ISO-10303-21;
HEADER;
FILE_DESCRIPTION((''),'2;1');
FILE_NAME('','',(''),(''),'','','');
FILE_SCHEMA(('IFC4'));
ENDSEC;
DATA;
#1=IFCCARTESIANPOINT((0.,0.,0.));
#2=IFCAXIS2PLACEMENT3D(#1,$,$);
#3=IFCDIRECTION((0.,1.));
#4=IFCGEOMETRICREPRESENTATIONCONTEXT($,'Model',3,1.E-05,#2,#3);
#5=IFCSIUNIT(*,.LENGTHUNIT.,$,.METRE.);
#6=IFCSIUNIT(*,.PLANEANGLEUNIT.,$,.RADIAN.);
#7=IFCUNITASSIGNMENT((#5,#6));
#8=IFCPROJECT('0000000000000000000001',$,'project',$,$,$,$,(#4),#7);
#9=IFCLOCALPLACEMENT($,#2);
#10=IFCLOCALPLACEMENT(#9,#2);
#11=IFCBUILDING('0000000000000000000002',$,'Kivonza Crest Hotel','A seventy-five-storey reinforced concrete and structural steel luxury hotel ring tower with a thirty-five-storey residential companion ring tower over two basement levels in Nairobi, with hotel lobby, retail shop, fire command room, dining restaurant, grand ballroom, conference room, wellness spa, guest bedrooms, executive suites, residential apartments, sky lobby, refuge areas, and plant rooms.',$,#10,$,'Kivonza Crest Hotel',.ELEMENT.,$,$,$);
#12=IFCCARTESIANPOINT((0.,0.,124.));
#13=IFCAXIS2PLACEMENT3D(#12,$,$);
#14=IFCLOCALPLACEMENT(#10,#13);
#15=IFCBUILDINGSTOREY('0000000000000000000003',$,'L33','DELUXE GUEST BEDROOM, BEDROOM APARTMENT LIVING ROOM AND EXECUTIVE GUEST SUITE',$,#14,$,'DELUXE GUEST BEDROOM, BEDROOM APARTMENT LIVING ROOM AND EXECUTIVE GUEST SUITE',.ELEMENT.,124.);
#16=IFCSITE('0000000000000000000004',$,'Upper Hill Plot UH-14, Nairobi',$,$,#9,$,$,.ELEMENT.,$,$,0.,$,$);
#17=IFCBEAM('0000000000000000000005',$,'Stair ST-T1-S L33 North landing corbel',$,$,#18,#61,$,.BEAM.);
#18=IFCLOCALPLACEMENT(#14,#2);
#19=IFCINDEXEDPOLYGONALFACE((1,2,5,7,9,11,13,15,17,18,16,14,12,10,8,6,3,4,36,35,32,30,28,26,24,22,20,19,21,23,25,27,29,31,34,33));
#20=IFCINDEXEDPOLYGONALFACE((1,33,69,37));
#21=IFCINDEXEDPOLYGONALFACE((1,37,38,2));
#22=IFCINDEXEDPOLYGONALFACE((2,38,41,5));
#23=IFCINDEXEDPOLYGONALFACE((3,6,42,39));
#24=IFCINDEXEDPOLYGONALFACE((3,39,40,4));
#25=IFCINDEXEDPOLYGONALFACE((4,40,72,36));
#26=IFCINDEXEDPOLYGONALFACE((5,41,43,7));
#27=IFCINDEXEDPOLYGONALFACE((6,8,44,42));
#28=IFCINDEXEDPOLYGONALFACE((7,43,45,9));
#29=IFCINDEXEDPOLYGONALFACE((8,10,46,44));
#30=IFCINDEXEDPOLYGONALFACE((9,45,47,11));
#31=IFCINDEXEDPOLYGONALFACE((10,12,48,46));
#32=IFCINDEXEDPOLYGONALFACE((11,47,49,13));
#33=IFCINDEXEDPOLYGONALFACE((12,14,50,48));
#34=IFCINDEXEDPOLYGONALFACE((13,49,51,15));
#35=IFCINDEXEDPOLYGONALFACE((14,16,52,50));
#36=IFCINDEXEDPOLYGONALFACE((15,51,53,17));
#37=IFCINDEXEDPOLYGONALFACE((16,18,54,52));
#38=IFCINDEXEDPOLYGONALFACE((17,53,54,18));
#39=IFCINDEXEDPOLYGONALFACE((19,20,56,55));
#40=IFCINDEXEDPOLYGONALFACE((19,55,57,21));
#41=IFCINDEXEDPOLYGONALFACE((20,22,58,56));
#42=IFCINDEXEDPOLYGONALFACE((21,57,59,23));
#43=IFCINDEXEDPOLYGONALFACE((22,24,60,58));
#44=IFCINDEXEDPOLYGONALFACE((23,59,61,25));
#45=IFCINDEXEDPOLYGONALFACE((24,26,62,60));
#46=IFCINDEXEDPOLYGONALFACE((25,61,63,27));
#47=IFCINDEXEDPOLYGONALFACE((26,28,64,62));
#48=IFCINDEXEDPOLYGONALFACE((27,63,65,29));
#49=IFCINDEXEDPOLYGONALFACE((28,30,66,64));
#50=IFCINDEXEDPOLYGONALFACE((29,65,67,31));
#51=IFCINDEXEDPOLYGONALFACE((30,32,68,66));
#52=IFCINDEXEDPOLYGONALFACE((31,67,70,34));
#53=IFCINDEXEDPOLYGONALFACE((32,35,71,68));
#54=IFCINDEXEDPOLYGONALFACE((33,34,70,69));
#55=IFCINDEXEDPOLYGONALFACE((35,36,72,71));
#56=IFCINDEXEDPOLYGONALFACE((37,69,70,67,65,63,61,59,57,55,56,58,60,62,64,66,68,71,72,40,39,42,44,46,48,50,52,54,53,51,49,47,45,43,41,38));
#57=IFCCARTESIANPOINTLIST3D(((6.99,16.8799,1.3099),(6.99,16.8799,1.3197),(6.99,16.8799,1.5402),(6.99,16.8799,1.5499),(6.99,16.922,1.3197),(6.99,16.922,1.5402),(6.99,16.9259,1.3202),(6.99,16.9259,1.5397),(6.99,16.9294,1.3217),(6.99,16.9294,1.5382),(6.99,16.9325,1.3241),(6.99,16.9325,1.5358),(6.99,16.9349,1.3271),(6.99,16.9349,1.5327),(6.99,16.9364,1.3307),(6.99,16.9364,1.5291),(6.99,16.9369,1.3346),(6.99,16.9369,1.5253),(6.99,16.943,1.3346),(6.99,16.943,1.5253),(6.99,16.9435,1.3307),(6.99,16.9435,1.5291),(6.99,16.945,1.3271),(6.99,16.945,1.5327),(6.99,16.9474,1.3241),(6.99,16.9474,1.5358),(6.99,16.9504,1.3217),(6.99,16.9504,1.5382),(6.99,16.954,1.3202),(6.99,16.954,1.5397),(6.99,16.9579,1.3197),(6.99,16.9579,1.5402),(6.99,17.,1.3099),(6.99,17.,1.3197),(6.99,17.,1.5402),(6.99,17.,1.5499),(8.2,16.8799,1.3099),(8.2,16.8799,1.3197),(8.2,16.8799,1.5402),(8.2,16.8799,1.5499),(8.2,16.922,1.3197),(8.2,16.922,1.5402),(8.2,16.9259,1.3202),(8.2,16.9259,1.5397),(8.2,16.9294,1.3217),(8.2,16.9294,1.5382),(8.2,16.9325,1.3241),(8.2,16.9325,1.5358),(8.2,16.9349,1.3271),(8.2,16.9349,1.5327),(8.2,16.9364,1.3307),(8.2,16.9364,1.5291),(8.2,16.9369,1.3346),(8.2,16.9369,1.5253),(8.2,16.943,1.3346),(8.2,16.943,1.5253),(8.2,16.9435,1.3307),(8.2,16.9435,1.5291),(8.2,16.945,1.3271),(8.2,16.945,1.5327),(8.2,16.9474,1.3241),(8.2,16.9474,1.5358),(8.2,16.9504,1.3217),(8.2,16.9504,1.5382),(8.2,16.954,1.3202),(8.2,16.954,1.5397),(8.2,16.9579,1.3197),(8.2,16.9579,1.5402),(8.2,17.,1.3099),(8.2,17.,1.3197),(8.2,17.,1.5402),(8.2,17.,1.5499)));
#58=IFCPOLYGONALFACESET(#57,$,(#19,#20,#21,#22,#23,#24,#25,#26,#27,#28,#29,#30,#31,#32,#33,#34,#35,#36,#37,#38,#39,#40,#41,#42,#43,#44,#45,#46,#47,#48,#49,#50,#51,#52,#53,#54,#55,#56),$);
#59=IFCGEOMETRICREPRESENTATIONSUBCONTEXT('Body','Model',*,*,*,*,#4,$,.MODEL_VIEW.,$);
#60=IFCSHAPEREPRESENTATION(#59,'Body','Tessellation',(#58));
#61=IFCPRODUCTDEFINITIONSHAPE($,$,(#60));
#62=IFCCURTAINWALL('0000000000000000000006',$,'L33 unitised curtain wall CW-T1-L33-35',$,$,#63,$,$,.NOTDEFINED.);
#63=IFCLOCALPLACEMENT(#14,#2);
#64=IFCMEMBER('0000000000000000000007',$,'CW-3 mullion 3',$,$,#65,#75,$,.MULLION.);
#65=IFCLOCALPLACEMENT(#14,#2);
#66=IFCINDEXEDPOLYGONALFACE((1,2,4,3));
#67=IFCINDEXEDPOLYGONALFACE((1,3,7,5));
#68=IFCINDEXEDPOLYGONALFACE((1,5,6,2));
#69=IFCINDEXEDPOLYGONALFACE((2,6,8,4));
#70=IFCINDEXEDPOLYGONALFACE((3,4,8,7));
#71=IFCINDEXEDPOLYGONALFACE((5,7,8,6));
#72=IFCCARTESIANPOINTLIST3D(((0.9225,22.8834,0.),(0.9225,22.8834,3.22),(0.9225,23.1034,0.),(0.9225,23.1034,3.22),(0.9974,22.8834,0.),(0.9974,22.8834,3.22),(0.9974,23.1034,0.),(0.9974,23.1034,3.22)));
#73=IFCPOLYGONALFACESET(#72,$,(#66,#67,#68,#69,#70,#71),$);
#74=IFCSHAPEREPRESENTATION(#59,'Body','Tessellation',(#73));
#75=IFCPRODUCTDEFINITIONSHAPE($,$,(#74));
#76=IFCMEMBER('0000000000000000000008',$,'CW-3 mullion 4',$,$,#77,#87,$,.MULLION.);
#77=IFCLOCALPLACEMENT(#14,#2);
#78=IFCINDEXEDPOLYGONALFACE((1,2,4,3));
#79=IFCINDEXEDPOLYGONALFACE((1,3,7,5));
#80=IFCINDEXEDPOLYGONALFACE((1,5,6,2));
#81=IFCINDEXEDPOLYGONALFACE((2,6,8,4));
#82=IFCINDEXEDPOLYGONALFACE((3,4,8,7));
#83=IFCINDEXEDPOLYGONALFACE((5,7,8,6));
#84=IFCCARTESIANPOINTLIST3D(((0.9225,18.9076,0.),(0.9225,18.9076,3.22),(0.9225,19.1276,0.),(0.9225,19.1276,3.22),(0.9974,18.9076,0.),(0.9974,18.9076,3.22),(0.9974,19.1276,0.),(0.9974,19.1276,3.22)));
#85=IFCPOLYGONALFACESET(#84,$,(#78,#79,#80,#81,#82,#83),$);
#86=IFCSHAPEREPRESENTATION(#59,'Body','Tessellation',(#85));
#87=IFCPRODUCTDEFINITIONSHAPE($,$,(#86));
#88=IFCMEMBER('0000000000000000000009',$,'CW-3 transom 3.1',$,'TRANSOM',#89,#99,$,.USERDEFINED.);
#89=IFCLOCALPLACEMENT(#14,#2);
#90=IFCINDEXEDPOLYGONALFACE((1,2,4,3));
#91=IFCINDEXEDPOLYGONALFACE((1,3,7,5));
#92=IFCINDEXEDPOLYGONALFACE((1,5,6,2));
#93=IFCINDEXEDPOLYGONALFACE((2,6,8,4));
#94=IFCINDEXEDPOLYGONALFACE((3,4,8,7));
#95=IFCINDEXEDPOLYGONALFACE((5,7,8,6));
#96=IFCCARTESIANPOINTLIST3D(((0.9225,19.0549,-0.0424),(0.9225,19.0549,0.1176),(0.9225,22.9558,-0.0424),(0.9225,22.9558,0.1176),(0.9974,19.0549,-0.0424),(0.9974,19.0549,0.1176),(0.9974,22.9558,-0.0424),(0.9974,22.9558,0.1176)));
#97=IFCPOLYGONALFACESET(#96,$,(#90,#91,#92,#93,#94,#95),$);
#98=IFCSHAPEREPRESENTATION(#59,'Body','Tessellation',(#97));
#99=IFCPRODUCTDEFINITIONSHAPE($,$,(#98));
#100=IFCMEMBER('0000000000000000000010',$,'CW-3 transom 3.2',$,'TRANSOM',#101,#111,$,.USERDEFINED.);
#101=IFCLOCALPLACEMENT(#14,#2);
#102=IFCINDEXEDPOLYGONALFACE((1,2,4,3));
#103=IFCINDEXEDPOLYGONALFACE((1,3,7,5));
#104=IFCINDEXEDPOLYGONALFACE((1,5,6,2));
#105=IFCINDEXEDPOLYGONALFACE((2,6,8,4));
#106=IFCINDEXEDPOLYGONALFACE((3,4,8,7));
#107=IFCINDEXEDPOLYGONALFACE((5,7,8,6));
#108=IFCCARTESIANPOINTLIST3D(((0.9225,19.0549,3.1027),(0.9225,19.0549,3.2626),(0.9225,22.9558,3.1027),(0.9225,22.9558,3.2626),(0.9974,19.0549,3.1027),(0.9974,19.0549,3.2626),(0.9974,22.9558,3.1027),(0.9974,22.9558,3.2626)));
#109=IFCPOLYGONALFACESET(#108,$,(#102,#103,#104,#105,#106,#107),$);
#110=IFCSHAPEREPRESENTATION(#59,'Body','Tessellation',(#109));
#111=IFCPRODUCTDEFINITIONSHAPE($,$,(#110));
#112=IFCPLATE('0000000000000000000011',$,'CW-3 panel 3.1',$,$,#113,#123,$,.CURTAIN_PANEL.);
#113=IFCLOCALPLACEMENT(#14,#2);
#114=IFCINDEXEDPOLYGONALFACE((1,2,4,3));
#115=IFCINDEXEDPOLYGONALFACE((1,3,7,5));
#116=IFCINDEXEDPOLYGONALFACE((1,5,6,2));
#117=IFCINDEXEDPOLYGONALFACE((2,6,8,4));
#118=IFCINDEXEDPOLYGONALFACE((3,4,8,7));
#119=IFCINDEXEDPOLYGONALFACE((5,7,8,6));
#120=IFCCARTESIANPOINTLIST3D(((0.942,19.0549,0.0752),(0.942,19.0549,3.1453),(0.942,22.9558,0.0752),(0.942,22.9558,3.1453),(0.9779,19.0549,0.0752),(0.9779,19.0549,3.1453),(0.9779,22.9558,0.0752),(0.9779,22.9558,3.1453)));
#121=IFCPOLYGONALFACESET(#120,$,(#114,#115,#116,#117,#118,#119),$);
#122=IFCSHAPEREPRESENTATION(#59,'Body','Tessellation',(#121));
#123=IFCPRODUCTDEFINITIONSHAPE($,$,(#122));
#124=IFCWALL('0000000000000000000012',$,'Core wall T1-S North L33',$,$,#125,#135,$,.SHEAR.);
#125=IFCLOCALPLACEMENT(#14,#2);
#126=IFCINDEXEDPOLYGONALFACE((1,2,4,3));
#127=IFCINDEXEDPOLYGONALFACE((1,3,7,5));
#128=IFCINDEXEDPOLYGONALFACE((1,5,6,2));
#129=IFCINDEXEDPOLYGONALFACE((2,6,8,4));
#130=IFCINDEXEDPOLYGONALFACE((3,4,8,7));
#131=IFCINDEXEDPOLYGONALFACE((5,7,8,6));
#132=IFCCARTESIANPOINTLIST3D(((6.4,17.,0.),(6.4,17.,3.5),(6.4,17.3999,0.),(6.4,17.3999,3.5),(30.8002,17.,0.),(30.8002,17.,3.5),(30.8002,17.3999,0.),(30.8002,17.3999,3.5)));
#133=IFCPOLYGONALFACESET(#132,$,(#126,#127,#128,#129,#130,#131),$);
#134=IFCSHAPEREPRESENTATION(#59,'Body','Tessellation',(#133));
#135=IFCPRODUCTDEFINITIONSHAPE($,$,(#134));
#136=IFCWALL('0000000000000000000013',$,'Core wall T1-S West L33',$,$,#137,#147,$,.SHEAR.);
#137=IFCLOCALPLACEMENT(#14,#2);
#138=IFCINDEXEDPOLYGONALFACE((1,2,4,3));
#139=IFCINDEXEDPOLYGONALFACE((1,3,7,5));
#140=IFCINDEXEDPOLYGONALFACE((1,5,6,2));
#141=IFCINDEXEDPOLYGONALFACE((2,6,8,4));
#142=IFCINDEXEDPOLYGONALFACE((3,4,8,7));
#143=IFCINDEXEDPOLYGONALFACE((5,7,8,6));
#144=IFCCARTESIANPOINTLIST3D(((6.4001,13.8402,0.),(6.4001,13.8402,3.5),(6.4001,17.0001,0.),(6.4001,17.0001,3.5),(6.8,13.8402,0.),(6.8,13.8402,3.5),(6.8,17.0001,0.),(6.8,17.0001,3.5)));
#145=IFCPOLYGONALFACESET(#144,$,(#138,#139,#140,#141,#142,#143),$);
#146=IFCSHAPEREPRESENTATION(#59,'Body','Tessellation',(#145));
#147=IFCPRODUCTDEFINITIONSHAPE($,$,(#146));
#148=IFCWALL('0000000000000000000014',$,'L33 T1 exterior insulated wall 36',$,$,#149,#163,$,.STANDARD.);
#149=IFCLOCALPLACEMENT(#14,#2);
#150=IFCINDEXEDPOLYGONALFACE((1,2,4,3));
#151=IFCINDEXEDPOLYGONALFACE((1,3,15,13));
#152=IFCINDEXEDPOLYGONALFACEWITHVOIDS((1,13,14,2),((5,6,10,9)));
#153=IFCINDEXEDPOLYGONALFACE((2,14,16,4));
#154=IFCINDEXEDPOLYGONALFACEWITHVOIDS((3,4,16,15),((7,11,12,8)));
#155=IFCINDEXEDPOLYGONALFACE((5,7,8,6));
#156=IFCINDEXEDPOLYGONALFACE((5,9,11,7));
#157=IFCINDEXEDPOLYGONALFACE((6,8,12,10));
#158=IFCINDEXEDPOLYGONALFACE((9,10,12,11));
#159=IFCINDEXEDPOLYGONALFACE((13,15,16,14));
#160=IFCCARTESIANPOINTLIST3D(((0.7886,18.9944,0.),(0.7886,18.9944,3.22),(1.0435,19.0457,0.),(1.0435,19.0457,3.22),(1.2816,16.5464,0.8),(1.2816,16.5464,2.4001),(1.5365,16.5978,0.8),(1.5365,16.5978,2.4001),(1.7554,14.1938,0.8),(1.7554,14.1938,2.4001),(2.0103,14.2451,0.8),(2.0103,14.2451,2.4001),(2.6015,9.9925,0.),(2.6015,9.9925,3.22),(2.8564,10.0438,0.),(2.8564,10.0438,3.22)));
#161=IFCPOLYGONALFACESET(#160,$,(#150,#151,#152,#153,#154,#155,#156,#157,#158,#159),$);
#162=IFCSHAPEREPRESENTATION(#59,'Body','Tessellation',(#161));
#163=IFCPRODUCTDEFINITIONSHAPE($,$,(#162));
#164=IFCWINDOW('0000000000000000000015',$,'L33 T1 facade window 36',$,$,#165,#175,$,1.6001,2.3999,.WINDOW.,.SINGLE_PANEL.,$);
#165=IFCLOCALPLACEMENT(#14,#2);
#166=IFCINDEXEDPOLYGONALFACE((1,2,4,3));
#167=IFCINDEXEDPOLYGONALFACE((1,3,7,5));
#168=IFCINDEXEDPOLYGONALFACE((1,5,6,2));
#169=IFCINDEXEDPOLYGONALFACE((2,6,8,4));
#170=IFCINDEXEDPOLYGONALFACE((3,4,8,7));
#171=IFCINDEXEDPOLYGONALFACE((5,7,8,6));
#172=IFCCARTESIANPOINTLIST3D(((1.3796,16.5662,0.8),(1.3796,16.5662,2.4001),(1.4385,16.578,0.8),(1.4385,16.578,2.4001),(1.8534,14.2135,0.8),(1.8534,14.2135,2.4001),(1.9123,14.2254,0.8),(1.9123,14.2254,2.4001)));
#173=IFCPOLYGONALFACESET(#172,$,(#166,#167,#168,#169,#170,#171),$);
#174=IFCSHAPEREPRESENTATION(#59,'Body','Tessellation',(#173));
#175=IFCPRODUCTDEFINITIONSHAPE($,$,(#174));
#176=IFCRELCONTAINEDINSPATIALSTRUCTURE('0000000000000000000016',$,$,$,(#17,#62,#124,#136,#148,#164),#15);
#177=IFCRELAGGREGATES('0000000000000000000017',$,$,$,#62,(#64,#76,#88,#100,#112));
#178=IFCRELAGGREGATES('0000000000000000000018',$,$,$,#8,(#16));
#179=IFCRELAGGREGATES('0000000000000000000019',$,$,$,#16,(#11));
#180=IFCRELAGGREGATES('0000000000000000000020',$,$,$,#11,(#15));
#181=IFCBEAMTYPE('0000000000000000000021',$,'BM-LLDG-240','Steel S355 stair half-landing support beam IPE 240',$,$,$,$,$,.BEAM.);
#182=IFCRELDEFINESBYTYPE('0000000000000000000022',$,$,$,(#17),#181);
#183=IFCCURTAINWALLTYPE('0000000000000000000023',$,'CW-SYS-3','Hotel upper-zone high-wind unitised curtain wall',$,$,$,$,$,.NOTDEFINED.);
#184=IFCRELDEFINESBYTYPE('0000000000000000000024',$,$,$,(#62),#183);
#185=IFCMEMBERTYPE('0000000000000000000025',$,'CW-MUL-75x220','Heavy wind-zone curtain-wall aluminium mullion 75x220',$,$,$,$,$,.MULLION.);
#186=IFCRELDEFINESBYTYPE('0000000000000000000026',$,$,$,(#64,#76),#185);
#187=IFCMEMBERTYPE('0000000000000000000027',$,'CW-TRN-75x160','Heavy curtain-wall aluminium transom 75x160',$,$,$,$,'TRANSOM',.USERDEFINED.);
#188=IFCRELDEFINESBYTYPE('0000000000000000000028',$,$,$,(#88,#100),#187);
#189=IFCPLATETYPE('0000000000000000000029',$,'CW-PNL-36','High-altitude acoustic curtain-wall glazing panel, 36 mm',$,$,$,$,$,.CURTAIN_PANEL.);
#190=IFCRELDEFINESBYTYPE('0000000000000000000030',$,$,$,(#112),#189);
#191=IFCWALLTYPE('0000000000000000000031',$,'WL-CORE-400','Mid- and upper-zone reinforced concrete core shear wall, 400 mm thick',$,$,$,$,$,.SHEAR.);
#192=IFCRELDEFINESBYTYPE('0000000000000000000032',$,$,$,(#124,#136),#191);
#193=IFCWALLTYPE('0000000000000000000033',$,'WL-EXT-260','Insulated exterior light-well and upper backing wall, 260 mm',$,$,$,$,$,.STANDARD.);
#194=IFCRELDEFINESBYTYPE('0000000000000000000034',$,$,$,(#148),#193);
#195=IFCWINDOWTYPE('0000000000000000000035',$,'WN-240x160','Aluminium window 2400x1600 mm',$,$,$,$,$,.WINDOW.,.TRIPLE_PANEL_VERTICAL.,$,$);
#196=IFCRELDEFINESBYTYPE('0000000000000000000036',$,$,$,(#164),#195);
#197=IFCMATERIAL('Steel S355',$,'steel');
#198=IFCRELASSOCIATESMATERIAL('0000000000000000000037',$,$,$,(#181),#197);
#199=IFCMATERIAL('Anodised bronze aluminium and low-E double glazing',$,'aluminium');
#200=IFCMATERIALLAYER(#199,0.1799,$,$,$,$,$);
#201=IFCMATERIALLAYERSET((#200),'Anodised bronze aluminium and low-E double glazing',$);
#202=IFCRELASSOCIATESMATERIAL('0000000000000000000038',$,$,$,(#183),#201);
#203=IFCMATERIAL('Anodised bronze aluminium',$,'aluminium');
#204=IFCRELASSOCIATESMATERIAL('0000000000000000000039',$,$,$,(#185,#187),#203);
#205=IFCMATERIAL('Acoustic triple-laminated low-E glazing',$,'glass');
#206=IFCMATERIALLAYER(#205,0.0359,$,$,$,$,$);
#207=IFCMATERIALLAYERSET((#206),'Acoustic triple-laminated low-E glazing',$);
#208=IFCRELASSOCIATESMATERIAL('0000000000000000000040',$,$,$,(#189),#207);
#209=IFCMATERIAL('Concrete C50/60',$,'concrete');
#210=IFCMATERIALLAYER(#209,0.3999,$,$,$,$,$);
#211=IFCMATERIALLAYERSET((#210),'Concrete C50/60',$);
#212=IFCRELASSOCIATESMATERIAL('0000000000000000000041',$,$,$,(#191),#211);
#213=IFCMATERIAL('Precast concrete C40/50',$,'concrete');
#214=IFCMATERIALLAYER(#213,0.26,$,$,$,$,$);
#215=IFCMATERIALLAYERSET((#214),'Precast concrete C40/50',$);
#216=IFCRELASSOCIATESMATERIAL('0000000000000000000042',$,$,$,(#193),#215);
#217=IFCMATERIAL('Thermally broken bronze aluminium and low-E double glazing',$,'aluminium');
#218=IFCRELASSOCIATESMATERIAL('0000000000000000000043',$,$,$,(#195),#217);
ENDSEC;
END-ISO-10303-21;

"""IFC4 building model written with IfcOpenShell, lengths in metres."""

from ifc_helpers import new_model, si_unit, direction, frame, frame_2d, origin, origin_2d, place, context, subcontext, project, spatial, rectangle, i_section, extrude, material, layer, layer_set, material_profile, profile_set, type_object, element, fill, aggregate, save


model = new_model("IFC4")

# Units and contexts
model_context = context("Model", 3, precision=1e-05, world=origin(), true_north=direction((0.0, 1.0)))
body_context = subcontext(model_context, "Body", "Model", "MODEL_VIEW")
ifc_project = project(units=[si_unit("LENGTHUNIT", "METRE"), si_unit("PLANEANGLEUNIT", "RADIAN")], contexts=[model_context])

# Site, building, storey
site_placement = place(None, origin())
site = spatial("IfcSite", under=ifc_project, at=site_placement, Name="Upper Hill Plot UH-14, Nairobi", CompositionType="ELEMENT", RefElevation=0.0)
building_placement = place(site_placement, origin())
building = spatial("IfcBuilding", under=site, at=building_placement, Name="Kivonza Crest Hotel", Description="A seventy-five-storey reinforced concrete and structural steel luxury hotel ring tower with a thirty-five-storey residential companion ring tower over two basement levels in Nairobi, with hotel lobby, retail shop, fire command room, dining restaurant, grand ballroom, conference room, wellness spa, guest bedrooms, executive suites, residential apartments, sky lobby, refuge areas, and plant rooms.", LongName="Kivonza Crest Hotel", CompositionType="ELEMENT")
storey_placement = place(building_placement, frame((0.0, 0.0, 124.0)))
storey = spatial("IfcBuildingStorey", under=building, at=storey_placement, Name="L33", Description="DELUXE GUEST BEDROOM, BEDROOM APARTMENT LIVING ROOM AND EXECUTIVE GUEST SUITE", LongName="DELUXE GUEST BEDROOM, BEDROOM APARTMENT LIVING ROOM AND EXECUTIVE GUEST SUITE", CompositionType="ELEMENT", Elevation=124.0)

# Shared definitions
ifc_material_1 = material(Name="Concrete C50/60", Category="concrete")

# Beam
ifc_material_2 = material(Name="Steel S355", Category="steel")
ifc_material_profile_1 = material_profile(ifc_material_2, i_section(OverallWidth=0.1201, OverallDepth=0.24, WebThickness=0.0061, FlangeThickness=0.0098, FilletRadius=0.0149, at=origin_2d()), Name="IPE 240")
ifc_profile_set_1 = profile_set([ifc_material_profile_1], Name="Steel S355")
beam_type_1 = type_object("IfcBeamType", Name="BM-LLDG-240", Description="Steel S355 stair half-landing support beam IPE 240", PredefinedType="BEAM", material=ifc_profile_set_1)
for number, where, z_axis, x_axis, name in (
    (1, (6.99, 16.9399, 1.4299), (1.0, 0.0, 0.0), (0.0, 1.0, 0.0), "Stair ST-T1-S L33 North landing corbel"),
):
    element("IfcBeam", number, at=place(storey_placement, frame(where, z_axis=z_axis, x_axis=x_axis)), inside=storey, type_object=beam_type_1, Name=name, PredefinedType="BEAM", context=body_context, shape_type="SweptSolid", body=[
        extrude(i_section(OverallWidth=0.1201, OverallDepth=0.24, WebThickness=0.0061, FlangeThickness=0.0098, FilletRadius=0.0149, at=origin_2d()), origin(), (0.0, 0.0, 1.0), 1.21),
    ])

# Curtain wall, members, plate
ifc_material_3 = material(Name="Anodised bronze aluminium and low-E double glazing", Category="aluminium")
ifc_layer_1 = layer(ifc_material_3, 0.1799)
ifc_layer_set_1 = layer_set([ifc_layer_1], Name="Anodised bronze aluminium and low-E double glazing")
curtain_wall_type = type_object("IfcCurtainWallType", Name="CW-SYS-3", Description="Hotel upper-zone high-wind unitised curtain wall", PredefinedType="NOTDEFINED", material=ifc_layer_set_1)
curtain_wall_placement = place(storey_placement, origin())
curtain_wall = element("IfcCurtainWall", 2, at=curtain_wall_placement, inside=storey, type_object=curtain_wall_type, Name="L33 unitised curtain wall CW-T1-L33-35", PredefinedType="NOTDEFINED")
ifc_material_4 = material(Name="Anodised bronze aluminium", Category="aluminium")
ifc_material_profile_2 = material_profile(ifc_material_4, rectangle(XDim=0.075, YDim=0.22, at=origin_2d()), Name="CW-M 75x220")
ifc_profile_set_2 = profile_set([ifc_material_profile_2], Name="Anodised bronze aluminium")
member_type_1 = type_object("IfcMemberType", Name="CW-MUL-75x220", Description="Heavy wind-zone curtain-wall aluminium mullion 75x220", PredefinedType="MULLION", material=ifc_profile_set_2)
member_1_placement = place(storey_placement, frame((0.96, 22.9934, 0.0), z_axis=(0.0, 0.0, 1.0), x_axis=(1.0, 0.0, 0.0)))
member_1 = element("IfcMember", 3, at=member_1_placement, type_object=member_type_1, Name="CW-3 mullion 3", PredefinedType="MULLION", context=body_context, shape_type="SweptSolid", body=[
    extrude(rectangle(XDim=0.075, YDim=0.22, at=origin_2d()), origin(), (0.0, 0.0, 1.0), 3.22),
])
member_2_placement = place(storey_placement, frame((0.96, 19.0176, 0.0), z_axis=(0.0, 0.0, 1.0), x_axis=(1.0, 0.0, 0.0)))
member_2 = element("IfcMember", 4, at=member_2_placement, type_object=member_type_1, Name="CW-3 mullion 4", PredefinedType="MULLION", context=body_context, shape_type="SweptSolid", body=[
    extrude(rectangle(XDim=0.075, YDim=0.22, at=origin_2d()), origin(), (0.0, 0.0, 1.0), 3.22),
])
ifc_material_profile_3 = material_profile(ifc_material_4, rectangle(XDim=0.075, YDim=0.1599, at=origin_2d()), Name="CW-T 75x160")
ifc_profile_set_3 = profile_set([ifc_material_profile_3], Name="Anodised bronze aluminium")
member_type_2 = type_object("IfcMemberType", Name="CW-TRN-75x160", Description="Heavy curtain-wall aluminium transom 75x160", ElementType="TRANSOM", PredefinedType="USERDEFINED", material=ifc_profile_set_3)
member_3_placement = place(storey_placement, frame((0.96, 22.9558, 0.0376), z_axis=(0.0, -1.0, 0.0), x_axis=(1.0, 0.0, 0.0)))
member_3 = element("IfcMember", 5, at=member_3_placement, type_object=member_type_2, Name="CW-3 transom 3.1", ObjectType="TRANSOM", PredefinedType="USERDEFINED", context=body_context, shape_type="SweptSolid", body=[
    extrude(rectangle(XDim=0.075, YDim=0.1599, at=origin_2d()), origin(), (0.0, 0.0, 1.0), 3.9009),
])
member_4_placement = place(storey_placement, frame((0.96, 22.9558, 3.1826), z_axis=(0.0, -1.0, 0.0), x_axis=(1.0, 0.0, 0.0)))
member_4 = element("IfcMember", 6, at=member_4_placement, type_object=member_type_2, Name="CW-3 transom 3.2", ObjectType="TRANSOM", PredefinedType="USERDEFINED", context=body_context, shape_type="SweptSolid", body=[
    extrude(rectangle(XDim=0.075, YDim=0.1599, at=origin_2d()), origin(), (0.0, 0.0, 1.0), 3.9009),
])
ifc_material_5 = material(Name="Acoustic triple-laminated low-E glazing", Category="glass")
ifc_layer_2 = layer(ifc_material_5, 0.0359)
ifc_layer_set_2 = layer_set([ifc_layer_2], Name="Acoustic triple-laminated low-E glazing")
plate_type = type_object("IfcPlateType", Name="CW-PNL-36", Description="High-altitude acoustic curtain-wall glazing panel, 36 mm", PredefinedType="CURTAIN_PANEL", material=ifc_layer_set_2)
plate_placement = place(storey_placement, frame((0.96, 21.0054, 0.0752), z_axis=(0.0, 0.0, 1.0), x_axis=(0.0, -1.0, 0.0)))
plate = element("IfcPlate", 7, at=plate_placement, type_object=plate_type, Name="CW-3 panel 3.1", PredefinedType="CURTAIN_PANEL", context=body_context, shape_type="SweptSolid", body=[
    extrude(rectangle(XDim=3.9009, YDim=0.0359, at=origin_2d()), origin(), (0.0, 0.0, 1.0), 3.0701),
])
aggregate(curtain_wall, [member_1, member_2, member_3, member_4, plate])

# Shared definitions
ifc_layer_3 = layer(ifc_material_1, 0.3999)
ifc_layer_set_3 = layer_set([ifc_layer_3], Name="Concrete C50/60")
wall_type_1 = type_object("IfcWallType", Name="WL-CORE-400", Description="Mid- and upper-zone reinforced concrete core shear wall, 400 mm thick", PredefinedType="SHEAR", material=ifc_layer_set_3)

# Walls
wall_1_placement = place(storey_placement, frame((6.3999, 17.2, 0.0), z_axis=(0.0, 0.0, 1.0), x_axis=(1.0, 0.0, 0.0)))
element("IfcWall", 8, at=wall_1_placement, inside=storey, type_object=wall_type_1, Name="Core wall T1-S North L33", PredefinedType="SHEAR", context=body_context, shape_type="SweptSolid", body=[
    extrude(rectangle(XDim=24.4001, YDim=0.3999, at=frame_2d((12.2002, 0.0))), origin(), (0.0, 0.0, 1.0), 3.5),
])
wall_2_placement = place(storey_placement, frame((6.6001, 13.8401, 0.0), z_axis=(0.0, 0.0, 1.0), x_axis=(0.0, 1.0, 0.0)))
element("IfcWall", 9, at=wall_2_placement, inside=storey, type_object=wall_type_1, Name="Core wall T1-S West L33", PredefinedType="SHEAR", context=body_context, shape_type="SweptSolid", body=[
    extrude(rectangle(XDim=3.1599, YDim=0.3999, at=frame_2d((1.5801, 0.0))), origin(), (0.0, 0.0, 1.0), 3.5),
])

# Wall, opening, window
ifc_material_6 = material(Name="Precast concrete C40/50", Category="concrete")
ifc_layer_4 = layer(ifc_material_6, 0.26)
ifc_layer_set_4 = layer_set([ifc_layer_4], Name="Precast concrete C40/50")
wall_type_2 = type_object("IfcWallType", Name="WL-EXT-260", Description="Insulated exterior light-well and upper backing wall, 260 mm", PredefinedType="STANDARD", material=ifc_layer_set_4)
wall_3_placement = place(storey_placement, frame((0.916, 19.02, 0.0), z_axis=(0.0, 0.0, 1.0), x_axis=(0.197435, -0.980316, 0.0)))
wall_3 = element("IfcWall", 10, at=wall_3_placement, inside=storey, type_object=wall_type_2, Name="L33 T1 exterior insulated wall 36", PredefinedType="STANDARD", context=body_context, shape_type="SweptSolid", body=[
    extrude(rectangle(XDim=9.1826, YDim=0.26, at=frame_2d((4.5913, 0.0))), origin(), (0.0, 0.0, 1.0), 3.22),
])
opening_1_placement = place(wall_3_placement, frame((2.4971, 0.0, 0.8)))
opening_1 = element("IfcOpeningElement", 11, at=opening_1_placement, cuts=wall_3, PredefinedType="OPENING", context=body_context, shape_type="SweptSolid", body=[
    extrude(rectangle(XDim=2.3999, YDim=1.6001, at=frame_2d((1.2, 0.8))), frame((0.0, 0.1401, 0.0), z_axis=(0.0, -1.0, 0.0), x_axis=(1.0, 0.0, 0.0)), (0.0, 0.0, 1.0), 0.28),
])
ifc_material_7 = material(Name="Thermally broken bronze aluminium and low-E double glazing", Category="aluminium")
window_type = type_object("IfcWindowType", Name="WN-240x160", Description="Aluminium window 2400x1600 mm", PartitioningType="TRIPLE_PANEL_VERTICAL", PredefinedType="WINDOW", material=ifc_material_7)
window_placement = place(opening_1_placement, origin())
window = element("IfcWindow", 12, at=window_placement, inside=storey, type_object=window_type, Name="L33 T1 facade window 36", OverallHeight=1.6001, OverallWidth=2.3999, PartitioningType="SINGLE_PANEL", PredefinedType="WINDOW", context=body_context, shape_type="SweptSolid", body=[
    extrude(rectangle(XDim=2.3999, YDim=1.6001, at=frame_2d((1.2, 0.8))), frame((0.0, 0.03, 0.0), z_axis=(0.0, -1.0, 0.0), x_axis=(1.0, 0.0, 0.0)), (0.0, 0.0, 1.0), 0.0601),
])
fill(opening_1, window)

save(model, "model.ifc")
